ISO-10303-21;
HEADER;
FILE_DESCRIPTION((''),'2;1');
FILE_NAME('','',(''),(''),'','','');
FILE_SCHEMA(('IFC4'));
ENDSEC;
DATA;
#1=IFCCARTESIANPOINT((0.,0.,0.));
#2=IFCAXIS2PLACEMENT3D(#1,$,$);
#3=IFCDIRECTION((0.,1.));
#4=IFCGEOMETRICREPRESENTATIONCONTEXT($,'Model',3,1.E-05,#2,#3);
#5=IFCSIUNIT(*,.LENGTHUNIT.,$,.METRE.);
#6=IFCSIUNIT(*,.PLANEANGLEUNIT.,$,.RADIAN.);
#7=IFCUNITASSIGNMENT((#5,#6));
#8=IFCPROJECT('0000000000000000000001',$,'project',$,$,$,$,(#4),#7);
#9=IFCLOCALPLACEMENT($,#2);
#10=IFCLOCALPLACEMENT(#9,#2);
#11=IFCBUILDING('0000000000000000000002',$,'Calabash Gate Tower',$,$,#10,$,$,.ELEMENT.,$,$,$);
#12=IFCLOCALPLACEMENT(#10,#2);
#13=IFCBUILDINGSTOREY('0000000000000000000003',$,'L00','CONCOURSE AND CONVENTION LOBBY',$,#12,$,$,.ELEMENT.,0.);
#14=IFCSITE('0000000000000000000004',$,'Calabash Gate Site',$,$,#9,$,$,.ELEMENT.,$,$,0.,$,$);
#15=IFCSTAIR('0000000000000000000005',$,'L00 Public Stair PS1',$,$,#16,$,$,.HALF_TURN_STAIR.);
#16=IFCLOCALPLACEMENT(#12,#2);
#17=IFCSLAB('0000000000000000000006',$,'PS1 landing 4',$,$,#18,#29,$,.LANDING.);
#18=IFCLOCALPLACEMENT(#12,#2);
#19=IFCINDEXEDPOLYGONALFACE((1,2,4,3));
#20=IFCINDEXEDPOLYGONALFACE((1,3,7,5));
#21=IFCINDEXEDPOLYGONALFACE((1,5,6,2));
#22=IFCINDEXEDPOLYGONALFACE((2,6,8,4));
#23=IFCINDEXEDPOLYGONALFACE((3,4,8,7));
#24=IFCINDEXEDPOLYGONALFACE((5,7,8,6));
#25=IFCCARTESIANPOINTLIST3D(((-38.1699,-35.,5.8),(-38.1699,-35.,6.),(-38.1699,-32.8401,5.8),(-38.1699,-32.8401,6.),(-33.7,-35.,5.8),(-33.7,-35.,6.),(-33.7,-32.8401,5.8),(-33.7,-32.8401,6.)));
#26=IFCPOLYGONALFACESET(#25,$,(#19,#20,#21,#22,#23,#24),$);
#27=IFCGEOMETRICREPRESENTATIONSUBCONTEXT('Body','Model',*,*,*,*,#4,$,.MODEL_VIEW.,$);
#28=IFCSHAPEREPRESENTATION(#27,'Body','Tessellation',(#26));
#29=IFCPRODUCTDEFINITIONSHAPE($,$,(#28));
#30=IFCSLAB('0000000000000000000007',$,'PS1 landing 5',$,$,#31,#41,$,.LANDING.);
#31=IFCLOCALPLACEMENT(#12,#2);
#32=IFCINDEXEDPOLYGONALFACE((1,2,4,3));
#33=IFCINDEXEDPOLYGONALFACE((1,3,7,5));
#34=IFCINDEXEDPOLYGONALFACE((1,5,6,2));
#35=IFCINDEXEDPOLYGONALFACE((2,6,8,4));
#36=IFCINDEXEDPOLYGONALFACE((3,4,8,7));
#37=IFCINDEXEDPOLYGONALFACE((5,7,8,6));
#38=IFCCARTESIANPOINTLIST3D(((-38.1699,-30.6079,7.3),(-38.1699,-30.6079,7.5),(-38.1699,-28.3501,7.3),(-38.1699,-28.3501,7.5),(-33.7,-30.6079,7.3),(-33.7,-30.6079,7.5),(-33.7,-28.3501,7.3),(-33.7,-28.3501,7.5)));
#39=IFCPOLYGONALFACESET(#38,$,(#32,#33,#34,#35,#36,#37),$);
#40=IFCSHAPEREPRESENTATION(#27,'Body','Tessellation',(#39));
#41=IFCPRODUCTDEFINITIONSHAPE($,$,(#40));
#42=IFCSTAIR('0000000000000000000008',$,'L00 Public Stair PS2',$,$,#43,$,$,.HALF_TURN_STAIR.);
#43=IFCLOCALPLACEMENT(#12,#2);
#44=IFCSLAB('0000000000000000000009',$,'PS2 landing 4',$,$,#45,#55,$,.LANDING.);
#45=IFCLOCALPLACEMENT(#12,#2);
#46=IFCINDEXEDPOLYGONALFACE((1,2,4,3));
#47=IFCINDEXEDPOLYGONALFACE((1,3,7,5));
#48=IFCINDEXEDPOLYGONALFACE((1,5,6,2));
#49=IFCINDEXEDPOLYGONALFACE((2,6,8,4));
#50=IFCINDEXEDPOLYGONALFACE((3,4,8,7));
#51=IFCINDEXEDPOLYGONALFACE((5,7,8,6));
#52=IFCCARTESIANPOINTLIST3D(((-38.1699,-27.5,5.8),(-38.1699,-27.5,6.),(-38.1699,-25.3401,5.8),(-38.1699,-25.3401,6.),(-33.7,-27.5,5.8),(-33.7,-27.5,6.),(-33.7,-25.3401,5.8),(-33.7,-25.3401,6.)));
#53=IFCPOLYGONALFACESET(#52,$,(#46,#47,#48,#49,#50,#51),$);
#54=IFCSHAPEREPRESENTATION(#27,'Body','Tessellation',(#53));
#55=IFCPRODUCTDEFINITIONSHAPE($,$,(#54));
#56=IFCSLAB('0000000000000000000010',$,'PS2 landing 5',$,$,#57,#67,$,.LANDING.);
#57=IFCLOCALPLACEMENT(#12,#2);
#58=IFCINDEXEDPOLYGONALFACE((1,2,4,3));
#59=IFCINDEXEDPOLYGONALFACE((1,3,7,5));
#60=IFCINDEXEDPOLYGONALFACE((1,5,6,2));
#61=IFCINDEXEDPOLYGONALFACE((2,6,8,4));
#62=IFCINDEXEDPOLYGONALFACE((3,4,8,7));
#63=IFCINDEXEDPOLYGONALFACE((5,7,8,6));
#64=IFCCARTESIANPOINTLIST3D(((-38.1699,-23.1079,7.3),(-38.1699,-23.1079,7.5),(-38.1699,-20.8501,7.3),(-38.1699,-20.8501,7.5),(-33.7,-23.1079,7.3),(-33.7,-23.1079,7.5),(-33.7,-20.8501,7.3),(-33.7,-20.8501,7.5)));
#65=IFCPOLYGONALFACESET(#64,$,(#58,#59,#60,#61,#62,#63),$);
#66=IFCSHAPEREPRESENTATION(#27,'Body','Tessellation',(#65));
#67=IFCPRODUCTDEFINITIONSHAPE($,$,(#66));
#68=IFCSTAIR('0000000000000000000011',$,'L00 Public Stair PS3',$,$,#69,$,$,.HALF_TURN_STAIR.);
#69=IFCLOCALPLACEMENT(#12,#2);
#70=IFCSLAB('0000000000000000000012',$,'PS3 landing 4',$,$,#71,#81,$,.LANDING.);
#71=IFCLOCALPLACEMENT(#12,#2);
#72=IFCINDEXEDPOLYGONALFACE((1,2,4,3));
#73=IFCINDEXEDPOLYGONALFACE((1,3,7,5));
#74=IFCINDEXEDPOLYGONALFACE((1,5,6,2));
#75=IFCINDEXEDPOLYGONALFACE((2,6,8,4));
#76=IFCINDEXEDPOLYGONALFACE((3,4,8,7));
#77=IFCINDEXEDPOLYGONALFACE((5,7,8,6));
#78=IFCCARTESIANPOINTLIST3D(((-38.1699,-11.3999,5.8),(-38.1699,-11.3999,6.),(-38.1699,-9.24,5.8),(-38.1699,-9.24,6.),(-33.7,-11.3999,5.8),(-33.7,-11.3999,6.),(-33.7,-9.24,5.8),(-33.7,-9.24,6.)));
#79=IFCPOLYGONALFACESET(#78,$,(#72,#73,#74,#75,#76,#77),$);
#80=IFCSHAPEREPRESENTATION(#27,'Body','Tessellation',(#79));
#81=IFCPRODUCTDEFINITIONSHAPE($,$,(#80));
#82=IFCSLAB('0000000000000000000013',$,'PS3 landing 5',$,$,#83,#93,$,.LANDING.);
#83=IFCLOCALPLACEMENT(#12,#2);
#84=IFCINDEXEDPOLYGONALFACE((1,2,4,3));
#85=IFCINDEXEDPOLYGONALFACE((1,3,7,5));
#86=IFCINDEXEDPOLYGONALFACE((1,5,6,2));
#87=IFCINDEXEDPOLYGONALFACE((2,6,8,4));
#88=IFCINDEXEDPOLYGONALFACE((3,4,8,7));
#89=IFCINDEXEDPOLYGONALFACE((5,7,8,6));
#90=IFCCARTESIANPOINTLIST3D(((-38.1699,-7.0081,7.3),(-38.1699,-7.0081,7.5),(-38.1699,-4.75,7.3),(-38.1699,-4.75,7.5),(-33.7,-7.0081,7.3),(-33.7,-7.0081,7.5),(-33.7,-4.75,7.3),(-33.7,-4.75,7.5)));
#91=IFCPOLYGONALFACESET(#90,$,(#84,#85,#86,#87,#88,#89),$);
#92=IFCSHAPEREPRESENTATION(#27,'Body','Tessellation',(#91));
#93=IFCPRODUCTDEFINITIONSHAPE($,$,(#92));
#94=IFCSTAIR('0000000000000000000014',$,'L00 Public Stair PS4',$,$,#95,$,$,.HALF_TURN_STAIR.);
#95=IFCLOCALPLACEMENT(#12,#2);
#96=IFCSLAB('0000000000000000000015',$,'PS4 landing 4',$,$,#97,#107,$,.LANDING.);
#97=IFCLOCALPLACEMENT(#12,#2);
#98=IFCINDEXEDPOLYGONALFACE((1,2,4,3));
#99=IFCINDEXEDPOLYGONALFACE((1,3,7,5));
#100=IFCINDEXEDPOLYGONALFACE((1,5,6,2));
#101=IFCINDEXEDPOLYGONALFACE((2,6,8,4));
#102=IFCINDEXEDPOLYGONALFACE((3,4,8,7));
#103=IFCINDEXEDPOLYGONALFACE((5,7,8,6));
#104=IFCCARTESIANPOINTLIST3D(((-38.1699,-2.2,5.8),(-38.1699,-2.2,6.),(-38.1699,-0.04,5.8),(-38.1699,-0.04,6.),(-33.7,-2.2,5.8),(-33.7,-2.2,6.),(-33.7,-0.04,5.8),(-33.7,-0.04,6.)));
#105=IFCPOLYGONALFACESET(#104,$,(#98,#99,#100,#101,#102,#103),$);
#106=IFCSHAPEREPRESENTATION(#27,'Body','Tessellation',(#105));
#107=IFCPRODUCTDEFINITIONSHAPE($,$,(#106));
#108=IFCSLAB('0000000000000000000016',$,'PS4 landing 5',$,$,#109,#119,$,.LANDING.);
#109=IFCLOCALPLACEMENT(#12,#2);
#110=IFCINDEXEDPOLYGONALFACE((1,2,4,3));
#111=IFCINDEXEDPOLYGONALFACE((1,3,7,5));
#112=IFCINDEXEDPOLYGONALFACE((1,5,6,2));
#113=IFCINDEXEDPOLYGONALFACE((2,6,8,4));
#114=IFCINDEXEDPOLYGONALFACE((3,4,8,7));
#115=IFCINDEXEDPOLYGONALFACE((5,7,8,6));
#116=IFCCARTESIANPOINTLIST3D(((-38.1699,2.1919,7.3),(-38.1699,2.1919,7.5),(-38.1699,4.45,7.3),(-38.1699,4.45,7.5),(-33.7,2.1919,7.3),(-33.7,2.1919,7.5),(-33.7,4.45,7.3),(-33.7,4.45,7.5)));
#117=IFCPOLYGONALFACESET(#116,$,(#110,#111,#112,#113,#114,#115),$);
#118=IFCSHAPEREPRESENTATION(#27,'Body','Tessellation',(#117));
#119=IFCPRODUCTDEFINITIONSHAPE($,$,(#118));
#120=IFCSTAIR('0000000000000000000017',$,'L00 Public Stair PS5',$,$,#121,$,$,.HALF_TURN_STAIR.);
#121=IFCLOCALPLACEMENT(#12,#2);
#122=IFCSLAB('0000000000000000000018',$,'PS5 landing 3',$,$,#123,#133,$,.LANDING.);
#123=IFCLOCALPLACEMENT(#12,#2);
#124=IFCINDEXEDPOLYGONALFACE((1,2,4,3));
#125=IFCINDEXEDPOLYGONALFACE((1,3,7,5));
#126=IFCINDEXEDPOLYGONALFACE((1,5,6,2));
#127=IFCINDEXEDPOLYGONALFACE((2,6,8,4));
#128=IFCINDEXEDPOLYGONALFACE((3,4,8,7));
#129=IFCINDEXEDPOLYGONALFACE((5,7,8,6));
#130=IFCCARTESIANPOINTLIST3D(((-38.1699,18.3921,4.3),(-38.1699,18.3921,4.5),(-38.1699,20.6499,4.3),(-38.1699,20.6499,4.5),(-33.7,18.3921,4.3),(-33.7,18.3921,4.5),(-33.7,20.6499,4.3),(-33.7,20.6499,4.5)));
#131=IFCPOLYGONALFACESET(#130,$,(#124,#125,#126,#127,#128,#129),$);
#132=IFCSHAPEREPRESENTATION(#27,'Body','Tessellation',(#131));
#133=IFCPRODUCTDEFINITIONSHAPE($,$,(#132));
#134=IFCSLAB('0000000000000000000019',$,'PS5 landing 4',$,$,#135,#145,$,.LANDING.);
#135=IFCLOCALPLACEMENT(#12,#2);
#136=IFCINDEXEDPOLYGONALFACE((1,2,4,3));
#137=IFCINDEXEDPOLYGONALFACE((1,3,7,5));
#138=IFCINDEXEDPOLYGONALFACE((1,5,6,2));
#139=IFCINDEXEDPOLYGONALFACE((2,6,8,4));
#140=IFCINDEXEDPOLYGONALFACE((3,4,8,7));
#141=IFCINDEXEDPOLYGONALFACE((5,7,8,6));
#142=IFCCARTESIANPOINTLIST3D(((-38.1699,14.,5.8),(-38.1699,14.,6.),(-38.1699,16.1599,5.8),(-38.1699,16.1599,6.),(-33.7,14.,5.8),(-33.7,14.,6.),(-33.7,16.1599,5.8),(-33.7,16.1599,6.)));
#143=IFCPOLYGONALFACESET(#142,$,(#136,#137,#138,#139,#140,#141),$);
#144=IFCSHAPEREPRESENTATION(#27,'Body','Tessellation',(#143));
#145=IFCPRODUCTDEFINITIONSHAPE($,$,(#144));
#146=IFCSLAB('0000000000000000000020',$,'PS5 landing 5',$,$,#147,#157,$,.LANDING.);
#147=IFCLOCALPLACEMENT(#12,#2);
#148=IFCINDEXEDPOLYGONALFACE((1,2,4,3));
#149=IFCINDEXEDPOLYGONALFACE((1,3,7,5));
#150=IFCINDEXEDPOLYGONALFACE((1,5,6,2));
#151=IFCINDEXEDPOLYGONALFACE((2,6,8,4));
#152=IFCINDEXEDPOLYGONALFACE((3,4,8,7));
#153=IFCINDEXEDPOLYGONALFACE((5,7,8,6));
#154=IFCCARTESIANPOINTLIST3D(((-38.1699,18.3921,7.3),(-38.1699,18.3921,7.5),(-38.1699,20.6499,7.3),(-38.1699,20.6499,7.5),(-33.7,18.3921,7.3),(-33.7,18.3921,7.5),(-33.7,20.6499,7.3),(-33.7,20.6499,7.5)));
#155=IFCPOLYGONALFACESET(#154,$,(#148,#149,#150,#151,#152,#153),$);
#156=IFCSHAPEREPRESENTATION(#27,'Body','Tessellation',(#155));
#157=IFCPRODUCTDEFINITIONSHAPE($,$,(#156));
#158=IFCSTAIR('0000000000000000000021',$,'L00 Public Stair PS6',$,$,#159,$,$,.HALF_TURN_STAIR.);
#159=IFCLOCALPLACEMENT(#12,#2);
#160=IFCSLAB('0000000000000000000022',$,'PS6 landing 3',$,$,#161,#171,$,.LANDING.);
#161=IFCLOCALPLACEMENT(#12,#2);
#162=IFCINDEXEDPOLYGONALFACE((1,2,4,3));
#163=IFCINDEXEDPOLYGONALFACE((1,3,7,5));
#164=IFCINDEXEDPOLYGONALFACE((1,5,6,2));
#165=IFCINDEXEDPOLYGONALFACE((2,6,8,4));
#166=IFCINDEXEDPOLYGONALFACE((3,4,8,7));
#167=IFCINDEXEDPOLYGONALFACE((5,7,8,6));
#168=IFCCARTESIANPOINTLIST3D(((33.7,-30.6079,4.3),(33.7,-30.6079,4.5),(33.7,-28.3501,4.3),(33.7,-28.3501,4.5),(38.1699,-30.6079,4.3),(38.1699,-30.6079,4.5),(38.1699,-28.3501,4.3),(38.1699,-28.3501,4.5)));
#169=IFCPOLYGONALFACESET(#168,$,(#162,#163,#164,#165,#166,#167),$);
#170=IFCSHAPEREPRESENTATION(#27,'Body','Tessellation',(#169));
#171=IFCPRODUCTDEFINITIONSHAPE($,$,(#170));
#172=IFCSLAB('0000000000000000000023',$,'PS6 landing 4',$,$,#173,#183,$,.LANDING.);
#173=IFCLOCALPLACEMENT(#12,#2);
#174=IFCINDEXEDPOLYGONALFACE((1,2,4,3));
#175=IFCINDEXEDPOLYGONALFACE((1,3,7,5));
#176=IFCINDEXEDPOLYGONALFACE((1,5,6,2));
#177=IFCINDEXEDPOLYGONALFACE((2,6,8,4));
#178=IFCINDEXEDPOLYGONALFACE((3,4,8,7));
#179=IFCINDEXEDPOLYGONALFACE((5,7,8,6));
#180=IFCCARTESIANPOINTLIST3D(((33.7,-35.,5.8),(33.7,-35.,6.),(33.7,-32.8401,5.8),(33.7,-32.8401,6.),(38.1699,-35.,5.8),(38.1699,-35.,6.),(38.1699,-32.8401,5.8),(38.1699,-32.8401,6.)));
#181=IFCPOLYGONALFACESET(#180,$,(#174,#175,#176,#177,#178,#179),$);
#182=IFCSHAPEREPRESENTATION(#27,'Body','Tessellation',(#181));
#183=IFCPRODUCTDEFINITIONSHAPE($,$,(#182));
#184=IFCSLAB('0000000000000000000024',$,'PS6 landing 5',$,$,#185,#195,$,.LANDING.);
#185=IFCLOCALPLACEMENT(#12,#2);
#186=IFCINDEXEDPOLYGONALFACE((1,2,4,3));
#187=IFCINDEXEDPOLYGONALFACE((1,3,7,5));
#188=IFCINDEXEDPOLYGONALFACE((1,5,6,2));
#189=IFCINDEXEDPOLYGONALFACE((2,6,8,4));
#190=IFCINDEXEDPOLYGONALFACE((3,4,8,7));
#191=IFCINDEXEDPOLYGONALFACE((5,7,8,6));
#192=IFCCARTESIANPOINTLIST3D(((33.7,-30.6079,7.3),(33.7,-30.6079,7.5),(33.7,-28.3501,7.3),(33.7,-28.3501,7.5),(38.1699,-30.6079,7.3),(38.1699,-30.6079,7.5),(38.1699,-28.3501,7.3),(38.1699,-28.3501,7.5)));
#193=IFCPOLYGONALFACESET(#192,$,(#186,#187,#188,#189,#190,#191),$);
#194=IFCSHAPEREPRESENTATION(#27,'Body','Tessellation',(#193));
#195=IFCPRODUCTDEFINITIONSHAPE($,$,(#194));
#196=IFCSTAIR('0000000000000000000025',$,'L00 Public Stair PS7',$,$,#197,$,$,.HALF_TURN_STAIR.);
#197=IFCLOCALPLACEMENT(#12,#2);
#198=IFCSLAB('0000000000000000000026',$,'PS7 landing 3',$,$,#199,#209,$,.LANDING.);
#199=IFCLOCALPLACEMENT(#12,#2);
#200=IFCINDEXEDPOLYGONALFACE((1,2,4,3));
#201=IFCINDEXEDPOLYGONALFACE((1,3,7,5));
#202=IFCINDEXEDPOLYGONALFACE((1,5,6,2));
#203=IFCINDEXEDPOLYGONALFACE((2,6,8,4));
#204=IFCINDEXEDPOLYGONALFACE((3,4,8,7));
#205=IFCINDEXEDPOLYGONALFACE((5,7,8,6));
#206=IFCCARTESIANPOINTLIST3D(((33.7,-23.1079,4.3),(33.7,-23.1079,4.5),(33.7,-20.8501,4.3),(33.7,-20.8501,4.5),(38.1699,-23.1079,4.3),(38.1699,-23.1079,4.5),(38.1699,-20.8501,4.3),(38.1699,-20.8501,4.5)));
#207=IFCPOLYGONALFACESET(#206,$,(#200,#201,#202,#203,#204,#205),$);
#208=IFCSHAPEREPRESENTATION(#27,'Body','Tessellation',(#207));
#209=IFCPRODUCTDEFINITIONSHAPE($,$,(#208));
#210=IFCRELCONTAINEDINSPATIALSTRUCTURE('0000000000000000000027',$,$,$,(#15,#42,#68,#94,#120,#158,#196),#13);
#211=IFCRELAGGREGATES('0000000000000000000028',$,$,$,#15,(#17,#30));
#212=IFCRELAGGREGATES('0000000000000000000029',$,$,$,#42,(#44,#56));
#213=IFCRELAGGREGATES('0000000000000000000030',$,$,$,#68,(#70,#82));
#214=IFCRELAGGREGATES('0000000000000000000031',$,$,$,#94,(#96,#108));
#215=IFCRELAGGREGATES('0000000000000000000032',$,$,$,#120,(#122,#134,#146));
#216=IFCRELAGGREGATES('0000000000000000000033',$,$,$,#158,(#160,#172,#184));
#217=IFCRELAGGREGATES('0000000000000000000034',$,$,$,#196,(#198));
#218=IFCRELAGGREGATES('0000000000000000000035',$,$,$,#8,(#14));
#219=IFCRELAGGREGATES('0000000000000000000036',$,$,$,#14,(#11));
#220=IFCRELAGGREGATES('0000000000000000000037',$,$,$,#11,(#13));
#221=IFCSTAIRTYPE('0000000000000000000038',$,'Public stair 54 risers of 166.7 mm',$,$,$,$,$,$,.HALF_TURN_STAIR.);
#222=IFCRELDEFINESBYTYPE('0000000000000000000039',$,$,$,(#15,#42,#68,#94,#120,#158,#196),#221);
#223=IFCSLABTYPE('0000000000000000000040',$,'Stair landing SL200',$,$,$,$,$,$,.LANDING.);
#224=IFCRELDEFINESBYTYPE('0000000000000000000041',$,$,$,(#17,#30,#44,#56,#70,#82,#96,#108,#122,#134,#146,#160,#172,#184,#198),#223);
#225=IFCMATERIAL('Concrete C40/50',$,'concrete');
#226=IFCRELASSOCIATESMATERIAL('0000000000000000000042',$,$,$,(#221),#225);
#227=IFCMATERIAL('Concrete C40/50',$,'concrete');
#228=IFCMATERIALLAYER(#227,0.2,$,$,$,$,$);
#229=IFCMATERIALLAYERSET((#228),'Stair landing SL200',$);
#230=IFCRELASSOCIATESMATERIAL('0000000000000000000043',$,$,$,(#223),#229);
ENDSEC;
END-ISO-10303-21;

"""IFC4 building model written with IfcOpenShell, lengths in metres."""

from ifc_helpers import new_model, si_unit, direction, frame, origin, place, context, subcontext, project, spatial, polyline, outline, extrude, material, layer, layer_set, type_object, element, aggregate, save


model = new_model("IFC4")

# Units and contexts
model_context = context("Model", 3, precision=1e-05, world=origin(), true_north=direction((0.0, 1.0)))
body_context = subcontext(model_context, "Body", "Model", "MODEL_VIEW")
ifc_project = project(units=[si_unit("LENGTHUNIT", "METRE"), si_unit("PLANEANGLEUNIT", "RADIAN")], contexts=[model_context])

# Site, building, storey
site_placement = place(None, origin())
site = spatial("IfcSite", under=ifc_project, at=site_placement, Name="Calabash Gate Site", CompositionType="ELEMENT", RefElevation=0.0)
building_placement = place(site_placement, origin())
building = spatial("IfcBuilding", under=site, at=building_placement, Name="Calabash Gate Tower", CompositionType="ELEMENT")
storey_placement = place(building_placement, origin())
storey = spatial("IfcBuildingStorey", under=building, at=storey_placement, Name="L00", Description="CONCOURSE AND CONVENTION LOBBY", CompositionType="ELEMENT", Elevation=0.0)

# Stairs, slabs
ifc_material_1 = material(Name="Concrete C40/50", Category="concrete")
stair_type = type_object("IfcStairType", Name="Public stair 54 risers of 166.7 mm", PredefinedType="HALF_TURN_STAIR", material=ifc_material_1)
stair_1_placement = place(storey_placement, origin())
stair_1 = element("IfcStair", 1, at=stair_1_placement, inside=storey, type_object=stair_type, Name="L00 Public Stair PS1", PredefinedType="HALF_TURN_STAIR")
ifc_material_2 = material(Name="Concrete C40/50", Category="concrete")
ifc_layer = layer(ifc_material_2, 0.2)
ifc_layer_set = layer_set([ifc_layer], Name="Stair landing SL200")
slab_type = type_object("IfcSlabType", Name="Stair landing SL200", PredefinedType="LANDING", material=ifc_layer_set)
slab_1_placement = place(storey_placement, frame((0.0, 0.0, 5.8)))
slab_1 = element("IfcSlab", 2, at=slab_1_placement, type_object=slab_type, Name="PS1 landing 4", PredefinedType="LANDING", context=body_context, shape_type="SweptSolid", body=[
    extrude(outline(polyline([(-33.7, -35.0), (-33.7, -32.8401), (-38.1699, -32.8401), (-38.1699, -35.0), (-33.7, -35.0)])), origin(), (0.0, 0.0, 1.0), 0.2),
])
slab_2_placement = place(storey_placement, frame((0.0, 0.0, 7.3)))
slab_2 = element("IfcSlab", 3, at=slab_2_placement, type_object=slab_type, Name="PS1 landing 5", PredefinedType="LANDING", context=body_context, shape_type="SweptSolid", body=[
    extrude(outline(polyline([(-33.7, -30.6079), (-33.7, -28.3501), (-38.1699, -28.3501), (-38.1699, -30.6079), (-33.7, -30.6079)])), origin(), (0.0, 0.0, 1.0), 0.2),
])
aggregate(stair_1, [slab_1, slab_2])
stair_2_placement = place(storey_placement, origin())
stair_2 = element("IfcStair", 4, at=stair_2_placement, inside=storey, type_object=stair_type, Name="L00 Public Stair PS2", PredefinedType="HALF_TURN_STAIR")
slab_3_placement = place(storey_placement, frame((0.0, 0.0, 5.8)))
slab_3 = element("IfcSlab", 5, at=slab_3_placement, type_object=slab_type, Name="PS2 landing 4", PredefinedType="LANDING", context=body_context, shape_type="SweptSolid", body=[
    extrude(outline(polyline([(-33.7, -27.5), (-33.7, -25.3401), (-38.1699, -25.3401), (-38.1699, -27.5), (-33.7, -27.5)])), origin(), (0.0, 0.0, 1.0), 0.2),
])
slab_4_placement = place(storey_placement, frame((0.0, 0.0, 7.3)))
slab_4 = element("IfcSlab", 6, at=slab_4_placement, type_object=slab_type, Name="PS2 landing 5", PredefinedType="LANDING", context=body_context, shape_type="SweptSolid", body=[
    extrude(outline(polyline([(-33.7, -23.1079), (-33.7, -20.8501), (-38.1699, -20.8501), (-38.1699, -23.1079), (-33.7, -23.1079)])), origin(), (0.0, 0.0, 1.0), 0.2),
])
aggregate(stair_2, [slab_3, slab_4])
stair_3_placement = place(storey_placement, origin())
stair_3 = element("IfcStair", 7, at=stair_3_placement, inside=storey, type_object=stair_type, Name="L00 Public Stair PS3", PredefinedType="HALF_TURN_STAIR")
slab_5_placement = place(storey_placement, frame((0.0, 0.0, 5.8)))
slab_5 = element("IfcSlab", 8, at=slab_5_placement, type_object=slab_type, Name="PS3 landing 4", PredefinedType="LANDING", context=body_context, shape_type="SweptSolid", body=[
    extrude(outline(polyline([(-33.7, -11.3999), (-33.7, -9.24), (-38.1699, -9.24), (-38.1699, -11.3999), (-33.7, -11.3999)])), origin(), (0.0, 0.0, 1.0), 0.2),
])
slab_6_placement = place(storey_placement, frame((0.0, 0.0, 7.3)))
slab_6 = element("IfcSlab", 9, at=slab_6_placement, type_object=slab_type, Name="PS3 landing 5", PredefinedType="LANDING", context=body_context, shape_type="SweptSolid", body=[
    extrude(outline(polyline([(-33.7, -7.0081), (-33.7, -4.75), (-38.1699, -4.75), (-38.1699, -7.0081), (-33.7, -7.0081)])), origin(), (0.0, 0.0, 1.0), 0.2),
])
aggregate(stair_3, [slab_5, slab_6])
stair_4_placement = place(storey_placement, origin())
stair_4 = element("IfcStair", 10, at=stair_4_placement, inside=storey, type_object=stair_type, Name="L00 Public Stair PS4", PredefinedType="HALF_TURN_STAIR")
slab_7_placement = place(storey_placement, frame((0.0, 0.0, 5.8)))
slab_7 = element("IfcSlab", 11, at=slab_7_placement, type_object=slab_type, Name="PS4 landing 4", PredefinedType="LANDING", context=body_context, shape_type="SweptSolid", body=[
    extrude(outline(polyline([(-33.7, -2.2), (-33.7, -0.04), (-38.1699, -0.04), (-38.1699, -2.2), (-33.7, -2.2)])), origin(), (0.0, 0.0, 1.0), 0.2),
])
slab_8_placement = place(storey_placement, frame((0.0, 0.0, 7.3)))
slab_8 = element("IfcSlab", 12, at=slab_8_placement, type_object=slab_type, Name="PS4 landing 5", PredefinedType="LANDING", context=body_context, shape_type="SweptSolid", body=[
    extrude(outline(polyline([(-33.7, 2.1919), (-33.7, 4.45), (-38.1699, 4.45), (-38.1699, 2.1919), (-33.7, 2.1919)])), origin(), (0.0, 0.0, 1.0), 0.2),
])
aggregate(stair_4, [slab_7, slab_8])
stair_5_placement = place(storey_placement, origin())
stair_5 = element("IfcStair", 13, at=stair_5_placement, inside=storey, type_object=stair_type, Name="L00 Public Stair PS5", PredefinedType="HALF_TURN_STAIR")
slab_9_placement = place(storey_placement, frame((0.0, 0.0, 4.3)))
slab_9 = element("IfcSlab", 14, at=slab_9_placement, type_object=slab_type, Name="PS5 landing 3", PredefinedType="LANDING", context=body_context, shape_type="SweptSolid", body=[
    extrude(outline(polyline([(-33.7, 18.3921), (-33.7, 20.6499), (-38.1699, 20.6499), (-38.1699, 18.3921), (-33.7, 18.3921)])), origin(), (0.0, 0.0, 1.0), 0.2),
])
slab_10_placement = place(storey_placement, frame((0.0, 0.0, 5.8)))
slab_10 = element("IfcSlab", 15, at=slab_10_placement, type_object=slab_type, Name="PS5 landing 4", PredefinedType="LANDING", context=body_context, shape_type="SweptSolid", body=[
    extrude(outline(polyline([(-33.7, 14.0), (-33.7, 16.1599), (-38.1699, 16.1599), (-38.1699, 14.0), (-33.7, 14.0)])), origin(), (0.0, 0.0, 1.0), 0.2),
])
slab_11_placement = place(storey_placement, frame((0.0, 0.0, 7.3)))
slab_11 = element("IfcSlab", 16, at=slab_11_placement, type_object=slab_type, Name="PS5 landing 5", PredefinedType="LANDING", context=body_context, shape_type="SweptSolid", body=[
    extrude(outline(polyline([(-33.7, 18.3921), (-33.7, 20.6499), (-38.1699, 20.6499), (-38.1699, 18.3921), (-33.7, 18.3921)])), origin(), (0.0, 0.0, 1.0), 0.2),
])
aggregate(stair_5, [slab_9, slab_10, slab_11])
stair_6_placement = place(storey_placement, origin())
stair_6 = element("IfcStair", 17, at=stair_6_placement, inside=storey, type_object=stair_type, Name="L00 Public Stair PS6", PredefinedType="HALF_TURN_STAIR")
slab_12_placement = place(storey_placement, frame((0.0, 0.0, 4.3)))
slab_12 = element("IfcSlab", 18, at=slab_12_placement, type_object=slab_type, Name="PS6 landing 3", PredefinedType="LANDING", context=body_context, shape_type="SweptSolid", body=[
    extrude(outline(polyline([(38.1699, -30.6079), (38.1699, -28.3501), (33.7, -28.3501), (33.7, -30.6079), (38.1699, -30.6079)])), origin(), (0.0, 0.0, 1.0), 0.2),
])
slab_13_placement = place(storey_placement, frame((0.0, 0.0, 5.8)))
slab_13 = element("IfcSlab", 19, at=slab_13_placement, type_object=slab_type, Name="PS6 landing 4", PredefinedType="LANDING", context=body_context, shape_type="SweptSolid", body=[
    extrude(outline(polyline([(38.1699, -35.0), (38.1699, -32.8401), (33.7, -32.8401), (33.7, -35.0), (38.1699, -35.0)])), origin(), (0.0, 0.0, 1.0), 0.2),
])
slab_14_placement = place(storey_placement, frame((0.0, 0.0, 7.3)))
slab_14 = element("IfcSlab", 20, at=slab_14_placement, type_object=slab_type, Name="PS6 landing 5", PredefinedType="LANDING", context=body_context, shape_type="SweptSolid", body=[
    extrude(outline(polyline([(38.1699, -30.6079), (38.1699, -28.3501), (33.7, -28.3501), (33.7, -30.6079), (38.1699, -30.6079)])), origin(), (0.0, 0.0, 1.0), 0.2),
])
aggregate(stair_6, [slab_12, slab_13, slab_14])
stair_7_placement = place(storey_placement, origin())
stair_7 = element("IfcStair", 21, at=stair_7_placement, inside=storey, type_object=stair_type, Name="L00 Public Stair PS7", PredefinedType="HALF_TURN_STAIR")
slab_15_placement = place(storey_placement, frame((0.0, 0.0, 4.3)))
slab_15 = element("IfcSlab", 22, at=slab_15_placement, type_object=slab_type, Name="PS7 landing 3", PredefinedType="LANDING", context=body_context, shape_type="SweptSolid", body=[
    extrude(outline(polyline([(38.1699, -23.1079), (38.1699, -20.8501), (33.7, -20.8501), (33.7, -23.1079), (38.1699, -23.1079)])), origin(), (0.0, 0.0, 1.0), 0.2),
])
aggregate(stair_7, [slab_15])

save(model, "model.ifc")
